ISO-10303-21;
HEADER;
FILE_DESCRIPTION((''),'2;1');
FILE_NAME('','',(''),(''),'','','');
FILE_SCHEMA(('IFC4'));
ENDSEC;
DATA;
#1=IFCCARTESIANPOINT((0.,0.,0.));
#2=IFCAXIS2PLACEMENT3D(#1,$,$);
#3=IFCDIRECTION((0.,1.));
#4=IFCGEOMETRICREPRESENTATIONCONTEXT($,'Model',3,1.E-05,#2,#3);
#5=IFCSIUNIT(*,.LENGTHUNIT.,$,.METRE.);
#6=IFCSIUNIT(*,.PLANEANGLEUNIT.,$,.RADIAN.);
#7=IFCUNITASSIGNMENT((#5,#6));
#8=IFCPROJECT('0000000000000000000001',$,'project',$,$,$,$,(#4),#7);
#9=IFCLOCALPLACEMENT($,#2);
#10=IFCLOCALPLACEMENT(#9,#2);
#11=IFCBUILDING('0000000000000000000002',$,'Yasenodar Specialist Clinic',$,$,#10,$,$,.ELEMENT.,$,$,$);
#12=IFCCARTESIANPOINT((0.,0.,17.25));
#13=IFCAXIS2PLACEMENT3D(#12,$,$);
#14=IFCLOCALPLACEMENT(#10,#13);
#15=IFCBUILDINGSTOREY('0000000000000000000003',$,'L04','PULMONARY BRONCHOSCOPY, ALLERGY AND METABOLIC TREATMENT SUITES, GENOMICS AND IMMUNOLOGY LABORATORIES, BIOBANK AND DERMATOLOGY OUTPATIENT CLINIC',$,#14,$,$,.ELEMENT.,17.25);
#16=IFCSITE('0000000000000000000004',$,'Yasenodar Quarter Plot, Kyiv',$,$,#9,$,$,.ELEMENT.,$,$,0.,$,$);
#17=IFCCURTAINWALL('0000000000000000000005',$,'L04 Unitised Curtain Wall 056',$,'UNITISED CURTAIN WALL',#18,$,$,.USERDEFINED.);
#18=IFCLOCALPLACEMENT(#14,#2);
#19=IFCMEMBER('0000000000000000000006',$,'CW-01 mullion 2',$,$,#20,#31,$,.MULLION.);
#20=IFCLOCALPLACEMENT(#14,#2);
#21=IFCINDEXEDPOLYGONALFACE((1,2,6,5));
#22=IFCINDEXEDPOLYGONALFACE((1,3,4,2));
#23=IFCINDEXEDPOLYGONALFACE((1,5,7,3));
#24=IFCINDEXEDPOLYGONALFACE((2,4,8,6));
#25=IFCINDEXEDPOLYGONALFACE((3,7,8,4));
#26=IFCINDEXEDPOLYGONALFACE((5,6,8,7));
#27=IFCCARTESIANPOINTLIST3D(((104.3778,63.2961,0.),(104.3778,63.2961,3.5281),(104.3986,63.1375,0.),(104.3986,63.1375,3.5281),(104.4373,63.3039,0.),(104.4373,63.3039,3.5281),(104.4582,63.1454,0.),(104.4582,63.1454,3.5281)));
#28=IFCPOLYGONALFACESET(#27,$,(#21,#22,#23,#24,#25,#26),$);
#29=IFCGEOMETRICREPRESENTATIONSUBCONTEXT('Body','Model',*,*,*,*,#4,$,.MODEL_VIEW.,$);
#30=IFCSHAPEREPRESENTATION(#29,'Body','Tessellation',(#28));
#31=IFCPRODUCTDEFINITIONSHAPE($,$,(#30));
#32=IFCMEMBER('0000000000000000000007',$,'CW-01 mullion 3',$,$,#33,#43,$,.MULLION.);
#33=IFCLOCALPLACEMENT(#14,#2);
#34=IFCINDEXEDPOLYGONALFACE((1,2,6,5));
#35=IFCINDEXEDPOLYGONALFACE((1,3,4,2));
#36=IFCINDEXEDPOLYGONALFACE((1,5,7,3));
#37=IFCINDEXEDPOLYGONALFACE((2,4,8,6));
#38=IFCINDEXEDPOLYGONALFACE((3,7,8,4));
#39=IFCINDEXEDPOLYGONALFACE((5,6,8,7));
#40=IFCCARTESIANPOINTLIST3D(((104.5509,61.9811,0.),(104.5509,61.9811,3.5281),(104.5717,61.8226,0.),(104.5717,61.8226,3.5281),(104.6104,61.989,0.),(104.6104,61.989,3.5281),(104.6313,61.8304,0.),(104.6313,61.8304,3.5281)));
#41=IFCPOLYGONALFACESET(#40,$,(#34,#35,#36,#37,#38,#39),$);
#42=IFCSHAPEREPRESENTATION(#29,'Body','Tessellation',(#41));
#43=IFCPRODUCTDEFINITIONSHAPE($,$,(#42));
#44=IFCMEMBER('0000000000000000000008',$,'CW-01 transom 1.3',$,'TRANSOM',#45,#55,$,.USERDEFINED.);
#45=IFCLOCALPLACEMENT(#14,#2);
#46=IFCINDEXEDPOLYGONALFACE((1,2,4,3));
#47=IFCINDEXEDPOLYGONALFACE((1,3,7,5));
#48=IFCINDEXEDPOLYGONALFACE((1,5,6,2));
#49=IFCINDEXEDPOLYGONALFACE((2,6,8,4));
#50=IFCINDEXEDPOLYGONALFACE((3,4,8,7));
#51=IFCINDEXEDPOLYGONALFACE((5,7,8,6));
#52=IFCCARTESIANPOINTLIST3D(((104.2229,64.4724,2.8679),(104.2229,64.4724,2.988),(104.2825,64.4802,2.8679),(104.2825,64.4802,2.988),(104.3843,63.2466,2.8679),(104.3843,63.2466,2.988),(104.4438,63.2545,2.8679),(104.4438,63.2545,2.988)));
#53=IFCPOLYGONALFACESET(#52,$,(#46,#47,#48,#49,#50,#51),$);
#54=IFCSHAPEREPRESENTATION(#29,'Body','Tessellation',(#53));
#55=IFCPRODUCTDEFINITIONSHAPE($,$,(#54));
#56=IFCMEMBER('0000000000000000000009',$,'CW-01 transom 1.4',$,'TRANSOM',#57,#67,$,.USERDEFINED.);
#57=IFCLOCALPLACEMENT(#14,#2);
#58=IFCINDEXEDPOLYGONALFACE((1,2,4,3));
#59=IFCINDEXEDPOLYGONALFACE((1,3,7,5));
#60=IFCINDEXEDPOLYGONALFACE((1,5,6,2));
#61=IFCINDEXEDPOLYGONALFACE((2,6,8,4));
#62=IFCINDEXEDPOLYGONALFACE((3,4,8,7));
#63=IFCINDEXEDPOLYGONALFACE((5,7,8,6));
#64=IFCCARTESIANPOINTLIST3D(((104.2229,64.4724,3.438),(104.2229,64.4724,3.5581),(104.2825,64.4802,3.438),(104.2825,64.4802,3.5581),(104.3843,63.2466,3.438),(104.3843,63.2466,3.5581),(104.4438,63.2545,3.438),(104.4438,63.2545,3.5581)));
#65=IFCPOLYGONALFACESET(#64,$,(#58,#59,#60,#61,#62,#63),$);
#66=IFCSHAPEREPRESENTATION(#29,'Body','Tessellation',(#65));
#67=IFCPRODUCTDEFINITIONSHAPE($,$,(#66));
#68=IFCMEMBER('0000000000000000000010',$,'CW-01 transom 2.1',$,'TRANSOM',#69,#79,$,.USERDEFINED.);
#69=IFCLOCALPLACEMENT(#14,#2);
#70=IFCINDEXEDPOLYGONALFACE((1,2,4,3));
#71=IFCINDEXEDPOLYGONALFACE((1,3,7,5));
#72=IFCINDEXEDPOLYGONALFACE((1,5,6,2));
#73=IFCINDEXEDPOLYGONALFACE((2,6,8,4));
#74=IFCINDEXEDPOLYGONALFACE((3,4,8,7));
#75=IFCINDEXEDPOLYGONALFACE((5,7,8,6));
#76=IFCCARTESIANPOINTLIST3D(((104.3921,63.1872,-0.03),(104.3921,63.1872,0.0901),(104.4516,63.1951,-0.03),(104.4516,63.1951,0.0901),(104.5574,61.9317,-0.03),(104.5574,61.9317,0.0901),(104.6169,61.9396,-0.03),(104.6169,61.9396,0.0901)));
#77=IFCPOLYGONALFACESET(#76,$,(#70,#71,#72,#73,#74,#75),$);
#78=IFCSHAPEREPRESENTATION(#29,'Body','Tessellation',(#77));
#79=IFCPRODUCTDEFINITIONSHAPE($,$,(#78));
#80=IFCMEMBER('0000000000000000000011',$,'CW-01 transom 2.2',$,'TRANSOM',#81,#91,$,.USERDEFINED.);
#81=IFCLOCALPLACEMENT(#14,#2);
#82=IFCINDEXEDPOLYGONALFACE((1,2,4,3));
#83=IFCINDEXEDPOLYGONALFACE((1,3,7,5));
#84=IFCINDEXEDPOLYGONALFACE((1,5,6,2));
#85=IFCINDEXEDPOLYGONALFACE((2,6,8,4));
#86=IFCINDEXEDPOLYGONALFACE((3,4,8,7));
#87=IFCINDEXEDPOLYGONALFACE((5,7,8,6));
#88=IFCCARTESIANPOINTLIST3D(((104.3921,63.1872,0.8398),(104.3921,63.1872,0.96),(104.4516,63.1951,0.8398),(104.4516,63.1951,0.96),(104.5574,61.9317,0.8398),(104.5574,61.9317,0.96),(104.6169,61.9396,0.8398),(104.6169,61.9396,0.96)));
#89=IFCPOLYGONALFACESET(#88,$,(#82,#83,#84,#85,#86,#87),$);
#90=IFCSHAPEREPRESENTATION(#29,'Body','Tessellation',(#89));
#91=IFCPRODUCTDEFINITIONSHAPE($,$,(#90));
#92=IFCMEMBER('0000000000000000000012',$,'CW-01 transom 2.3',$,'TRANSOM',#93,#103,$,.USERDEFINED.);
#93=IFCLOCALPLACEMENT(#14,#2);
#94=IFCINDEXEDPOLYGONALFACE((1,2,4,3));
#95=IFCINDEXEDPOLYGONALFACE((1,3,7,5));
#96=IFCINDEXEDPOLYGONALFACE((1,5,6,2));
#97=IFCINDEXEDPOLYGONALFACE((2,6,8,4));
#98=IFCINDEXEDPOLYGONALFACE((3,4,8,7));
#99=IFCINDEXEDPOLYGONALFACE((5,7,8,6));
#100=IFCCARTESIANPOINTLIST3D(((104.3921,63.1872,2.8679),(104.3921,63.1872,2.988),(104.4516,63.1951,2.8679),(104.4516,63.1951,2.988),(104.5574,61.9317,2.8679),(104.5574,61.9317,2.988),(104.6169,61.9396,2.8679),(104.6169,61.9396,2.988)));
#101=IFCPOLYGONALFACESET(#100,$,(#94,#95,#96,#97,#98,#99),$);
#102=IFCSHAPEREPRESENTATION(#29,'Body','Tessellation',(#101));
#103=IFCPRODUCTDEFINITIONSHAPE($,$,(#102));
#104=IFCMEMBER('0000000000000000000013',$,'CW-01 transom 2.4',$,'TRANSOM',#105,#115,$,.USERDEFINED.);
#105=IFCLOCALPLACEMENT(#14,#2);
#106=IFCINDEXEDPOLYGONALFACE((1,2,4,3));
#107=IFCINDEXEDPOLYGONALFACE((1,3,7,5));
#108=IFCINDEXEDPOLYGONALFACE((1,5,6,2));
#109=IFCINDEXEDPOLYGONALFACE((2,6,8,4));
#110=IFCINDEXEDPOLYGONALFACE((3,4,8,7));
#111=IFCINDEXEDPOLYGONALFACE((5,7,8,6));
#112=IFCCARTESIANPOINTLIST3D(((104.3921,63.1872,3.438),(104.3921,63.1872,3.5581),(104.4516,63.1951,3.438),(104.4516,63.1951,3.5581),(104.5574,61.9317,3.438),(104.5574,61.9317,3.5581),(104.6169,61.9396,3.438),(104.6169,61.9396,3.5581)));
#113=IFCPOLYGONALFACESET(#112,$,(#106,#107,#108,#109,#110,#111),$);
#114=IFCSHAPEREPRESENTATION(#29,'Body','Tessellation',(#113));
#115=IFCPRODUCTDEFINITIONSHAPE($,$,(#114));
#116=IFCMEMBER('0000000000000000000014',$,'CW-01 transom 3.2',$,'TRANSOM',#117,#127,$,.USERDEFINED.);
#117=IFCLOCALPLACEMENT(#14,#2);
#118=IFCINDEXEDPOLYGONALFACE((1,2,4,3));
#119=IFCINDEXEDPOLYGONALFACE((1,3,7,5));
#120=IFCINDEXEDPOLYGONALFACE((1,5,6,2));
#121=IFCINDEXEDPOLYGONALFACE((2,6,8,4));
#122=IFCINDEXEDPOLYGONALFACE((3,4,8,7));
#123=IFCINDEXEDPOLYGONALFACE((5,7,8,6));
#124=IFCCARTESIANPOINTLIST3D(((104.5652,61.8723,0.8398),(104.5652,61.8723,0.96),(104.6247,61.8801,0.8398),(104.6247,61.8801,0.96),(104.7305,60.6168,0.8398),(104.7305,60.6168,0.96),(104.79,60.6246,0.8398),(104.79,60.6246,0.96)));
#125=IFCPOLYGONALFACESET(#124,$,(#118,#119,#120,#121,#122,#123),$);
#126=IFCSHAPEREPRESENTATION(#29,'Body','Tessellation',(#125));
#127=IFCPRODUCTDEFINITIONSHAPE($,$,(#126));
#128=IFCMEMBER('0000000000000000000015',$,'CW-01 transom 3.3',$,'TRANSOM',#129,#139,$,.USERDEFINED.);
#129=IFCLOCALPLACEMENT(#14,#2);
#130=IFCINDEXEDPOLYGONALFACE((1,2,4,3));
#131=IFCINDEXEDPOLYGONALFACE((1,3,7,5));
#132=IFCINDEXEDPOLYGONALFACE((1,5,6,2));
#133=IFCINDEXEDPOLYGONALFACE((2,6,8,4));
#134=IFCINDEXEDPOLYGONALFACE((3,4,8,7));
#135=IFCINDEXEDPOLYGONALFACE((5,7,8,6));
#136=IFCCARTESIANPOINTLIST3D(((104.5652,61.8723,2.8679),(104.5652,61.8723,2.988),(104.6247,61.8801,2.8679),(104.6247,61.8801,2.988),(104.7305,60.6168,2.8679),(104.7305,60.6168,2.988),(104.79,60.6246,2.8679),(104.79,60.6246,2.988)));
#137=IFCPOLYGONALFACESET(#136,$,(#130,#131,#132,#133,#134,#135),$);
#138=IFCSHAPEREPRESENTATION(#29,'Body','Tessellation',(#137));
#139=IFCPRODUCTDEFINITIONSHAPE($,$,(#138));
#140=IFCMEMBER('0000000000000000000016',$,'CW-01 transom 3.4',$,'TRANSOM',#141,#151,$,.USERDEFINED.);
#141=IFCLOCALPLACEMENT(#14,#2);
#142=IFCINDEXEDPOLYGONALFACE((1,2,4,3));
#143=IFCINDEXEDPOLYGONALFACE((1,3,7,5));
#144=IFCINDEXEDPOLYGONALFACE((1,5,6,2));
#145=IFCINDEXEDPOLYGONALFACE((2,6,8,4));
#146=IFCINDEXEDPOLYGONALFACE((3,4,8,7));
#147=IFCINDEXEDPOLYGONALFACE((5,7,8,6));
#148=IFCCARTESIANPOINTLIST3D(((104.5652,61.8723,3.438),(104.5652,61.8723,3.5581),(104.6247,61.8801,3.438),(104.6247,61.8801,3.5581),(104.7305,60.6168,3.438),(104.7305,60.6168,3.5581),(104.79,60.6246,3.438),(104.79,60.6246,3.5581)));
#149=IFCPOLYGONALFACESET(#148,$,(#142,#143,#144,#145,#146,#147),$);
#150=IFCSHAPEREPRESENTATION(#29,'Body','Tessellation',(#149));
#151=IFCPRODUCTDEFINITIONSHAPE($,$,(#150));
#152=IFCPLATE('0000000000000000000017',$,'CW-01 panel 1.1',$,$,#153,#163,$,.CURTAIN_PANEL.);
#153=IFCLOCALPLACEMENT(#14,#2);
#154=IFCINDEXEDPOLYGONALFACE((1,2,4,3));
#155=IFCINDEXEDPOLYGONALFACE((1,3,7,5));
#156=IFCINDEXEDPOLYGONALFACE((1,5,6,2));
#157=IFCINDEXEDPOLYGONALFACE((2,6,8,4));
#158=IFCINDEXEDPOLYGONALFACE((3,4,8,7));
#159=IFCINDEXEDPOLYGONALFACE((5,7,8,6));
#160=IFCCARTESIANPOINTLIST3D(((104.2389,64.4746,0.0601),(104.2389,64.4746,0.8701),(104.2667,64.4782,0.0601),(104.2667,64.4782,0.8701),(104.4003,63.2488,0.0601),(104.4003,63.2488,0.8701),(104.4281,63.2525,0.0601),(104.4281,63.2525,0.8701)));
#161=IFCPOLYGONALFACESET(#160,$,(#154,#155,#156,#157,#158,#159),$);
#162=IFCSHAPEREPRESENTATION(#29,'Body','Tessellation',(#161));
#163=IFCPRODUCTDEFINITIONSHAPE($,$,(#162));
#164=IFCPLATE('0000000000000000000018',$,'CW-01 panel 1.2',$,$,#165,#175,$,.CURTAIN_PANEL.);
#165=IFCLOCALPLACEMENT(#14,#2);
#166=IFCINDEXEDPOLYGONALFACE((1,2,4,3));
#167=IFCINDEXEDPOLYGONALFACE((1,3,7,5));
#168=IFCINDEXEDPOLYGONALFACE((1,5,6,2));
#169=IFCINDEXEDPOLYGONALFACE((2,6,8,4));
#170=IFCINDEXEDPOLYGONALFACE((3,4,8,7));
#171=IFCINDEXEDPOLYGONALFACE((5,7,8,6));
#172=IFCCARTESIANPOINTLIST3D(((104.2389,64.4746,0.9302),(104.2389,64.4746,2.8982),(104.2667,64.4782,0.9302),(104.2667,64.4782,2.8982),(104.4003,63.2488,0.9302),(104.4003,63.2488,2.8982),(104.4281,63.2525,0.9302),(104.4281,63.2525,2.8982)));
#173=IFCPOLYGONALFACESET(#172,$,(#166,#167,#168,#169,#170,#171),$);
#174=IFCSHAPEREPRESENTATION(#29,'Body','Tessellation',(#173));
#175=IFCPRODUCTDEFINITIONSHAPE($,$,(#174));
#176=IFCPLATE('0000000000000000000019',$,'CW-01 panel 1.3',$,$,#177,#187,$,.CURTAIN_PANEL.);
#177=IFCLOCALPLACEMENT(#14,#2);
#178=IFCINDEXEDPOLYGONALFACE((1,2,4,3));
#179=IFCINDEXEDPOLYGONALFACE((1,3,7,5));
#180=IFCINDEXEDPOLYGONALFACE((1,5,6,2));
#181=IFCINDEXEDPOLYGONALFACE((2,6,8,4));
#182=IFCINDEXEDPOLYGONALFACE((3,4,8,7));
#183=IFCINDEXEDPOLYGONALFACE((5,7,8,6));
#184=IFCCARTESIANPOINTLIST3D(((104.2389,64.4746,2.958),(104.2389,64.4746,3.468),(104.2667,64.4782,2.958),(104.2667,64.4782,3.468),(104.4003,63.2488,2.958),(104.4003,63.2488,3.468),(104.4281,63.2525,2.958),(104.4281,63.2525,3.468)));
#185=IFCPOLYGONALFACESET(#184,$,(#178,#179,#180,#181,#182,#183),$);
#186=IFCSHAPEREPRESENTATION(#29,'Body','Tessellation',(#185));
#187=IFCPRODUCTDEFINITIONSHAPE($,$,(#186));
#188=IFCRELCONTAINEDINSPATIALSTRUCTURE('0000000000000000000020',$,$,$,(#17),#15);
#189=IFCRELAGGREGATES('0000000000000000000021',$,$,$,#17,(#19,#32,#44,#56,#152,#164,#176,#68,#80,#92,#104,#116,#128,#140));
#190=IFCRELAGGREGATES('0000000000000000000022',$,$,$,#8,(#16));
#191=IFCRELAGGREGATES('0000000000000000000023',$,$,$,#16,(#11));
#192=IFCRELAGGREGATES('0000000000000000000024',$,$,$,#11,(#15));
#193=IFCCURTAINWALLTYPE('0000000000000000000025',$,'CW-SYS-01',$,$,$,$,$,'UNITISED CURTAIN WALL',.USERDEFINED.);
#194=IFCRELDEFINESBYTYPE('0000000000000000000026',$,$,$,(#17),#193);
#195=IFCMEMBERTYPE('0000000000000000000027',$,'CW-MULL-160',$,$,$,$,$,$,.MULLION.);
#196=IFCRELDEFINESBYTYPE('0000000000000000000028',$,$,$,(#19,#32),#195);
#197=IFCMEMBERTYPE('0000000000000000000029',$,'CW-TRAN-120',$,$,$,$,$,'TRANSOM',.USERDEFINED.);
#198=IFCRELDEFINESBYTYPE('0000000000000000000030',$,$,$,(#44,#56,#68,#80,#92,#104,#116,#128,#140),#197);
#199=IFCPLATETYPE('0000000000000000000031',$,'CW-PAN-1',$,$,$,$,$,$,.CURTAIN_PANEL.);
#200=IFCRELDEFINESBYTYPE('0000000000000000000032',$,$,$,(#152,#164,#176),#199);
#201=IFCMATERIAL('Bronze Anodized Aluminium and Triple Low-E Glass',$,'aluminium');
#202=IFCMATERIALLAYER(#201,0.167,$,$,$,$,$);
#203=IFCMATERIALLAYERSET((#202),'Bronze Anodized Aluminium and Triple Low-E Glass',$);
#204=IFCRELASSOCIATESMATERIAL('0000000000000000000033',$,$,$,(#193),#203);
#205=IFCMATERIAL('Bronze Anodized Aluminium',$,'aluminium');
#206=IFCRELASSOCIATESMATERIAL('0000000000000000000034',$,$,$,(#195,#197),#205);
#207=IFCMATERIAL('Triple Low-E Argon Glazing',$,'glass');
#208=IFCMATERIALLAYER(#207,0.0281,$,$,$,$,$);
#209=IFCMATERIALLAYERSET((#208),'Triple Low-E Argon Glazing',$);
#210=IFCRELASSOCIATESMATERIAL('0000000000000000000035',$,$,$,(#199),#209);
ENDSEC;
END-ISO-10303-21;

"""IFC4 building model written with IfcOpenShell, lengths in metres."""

from ifc_helpers import new_model, si_unit, direction, frame, origin, origin_2d, place, context, subcontext, project, spatial, rectangle, extrude, material, layer, layer_set, material_profile, profile_set, type_object, element, aggregate, save


model = new_model("IFC4")

# Units and contexts
model_context = context("Model", 3, precision=1e-05, world=origin(), true_north=direction((0.0, 1.0)))
body_context = subcontext(model_context, "Body", "Model", "MODEL_VIEW")
ifc_project = project(units=[si_unit("LENGTHUNIT", "METRE"), si_unit("PLANEANGLEUNIT", "RADIAN")], contexts=[model_context])

# Site, building, storey
site_placement = place(None, origin())
site = spatial("IfcSite", under=ifc_project, at=site_placement, Name="Yasenodar Quarter Plot, Kyiv", CompositionType="ELEMENT", RefElevation=0.0)
building_placement = place(site_placement, origin())
building = spatial("IfcBuilding", under=site, at=building_placement, Name="Yasenodar Specialist Clinic", CompositionType="ELEMENT")
storey_placement = place(building_placement, frame((0.0, 0.0, 17.25)))
storey = spatial("IfcBuildingStorey", under=building, at=storey_placement, Name="L04", Description="PULMONARY BRONCHOSCOPY, ALLERGY AND METABOLIC TREATMENT SUITES, GENOMICS AND IMMUNOLOGY LABORATORIES, BIOBANK AND DERMATOLOGY OUTPATIENT CLINIC", CompositionType="ELEMENT", Elevation=17.25)

# Curtain wall, members, plates
ifc_material_1 = material(Name="Bronze Anodized Aluminium and Triple Low-E Glass", Category="aluminium")
ifc_layer_1 = layer(ifc_material_1, 0.167)
ifc_layer_set_1 = layer_set([ifc_layer_1], Name="Bronze Anodized Aluminium and Triple Low-E Glass")
curtain_wall_type = type_object("IfcCurtainWallType", Name="CW-SYS-01", ElementType="UNITISED CURTAIN WALL", PredefinedType="USERDEFINED", material=ifc_layer_set_1)
curtain_wall_placement = place(storey_placement, origin())
curtain_wall = element("IfcCurtainWall", 1, at=curtain_wall_placement, inside=storey, type_object=curtain_wall_type, Name="L04 Unitised Curtain Wall 056", ObjectType="UNITISED CURTAIN WALL", PredefinedType="USERDEFINED")
ifc_material_2 = material(Name="Bronze Anodized Aluminium", Category="aluminium")
ifc_material_profile_1 = material_profile(ifc_material_2, rectangle(XDim=0.0601, YDim=0.1599, at=origin_2d()), Name="CW-MULL 60x160")
ifc_profile_set_1 = profile_set([ifc_material_profile_1], Name="Bronze Anodized Aluminium")
member_type_1 = type_object("IfcMemberType", Name="CW-MULL-160", PredefinedType="MULLION", material=ifc_profile_set_1)
member_1_placement = place(storey_placement, frame((104.418, 63.2207, 0.0), z_axis=(0.0, 0.0, 1.0), x_axis=(0.991447, 0.130512, 0.0)))
member_1 = element("IfcMember", 2, at=member_1_placement, type_object=member_type_1, Name="CW-01 mullion 2", PredefinedType="MULLION", context=body_context, shape_type="SweptSolid", body=[
    extrude(rectangle(XDim=0.0601, YDim=0.1599, at=origin_2d()), origin(), (0.0, 0.0, 1.0), 3.5281),
])
member_2_placement = place(storey_placement, frame((104.5911, 61.9058, 0.0), z_axis=(0.0, 0.0, 1.0), x_axis=(0.991447, 0.130512, 0.0)))
member_2 = element("IfcMember", 3, at=member_2_placement, type_object=member_type_1, Name="CW-01 mullion 3", PredefinedType="MULLION", context=body_context, shape_type="SweptSolid", body=[
    extrude(rectangle(XDim=0.0601, YDim=0.1599, at=origin_2d()), origin(), (0.0, 0.0, 1.0), 3.5281),
])
ifc_material_profile_2 = material_profile(ifc_material_2, rectangle(XDim=0.0601, YDim=0.1201, at=origin_2d()), Name="CW-TRAN 60x120")
ifc_profile_set_2 = profile_set([ifc_material_profile_2], Name="Bronze Anodized Aluminium")
member_type_2 = type_object("IfcMemberType", Name="CW-TRAN-120", ElementType="TRANSOM", PredefinedType="USERDEFINED", material=ifc_profile_set_2)
member_3_placement = place(storey_placement, frame((104.2527, 64.4763, 2.928), z_axis=(0.130521, -0.991446, 0.0), x_axis=(0.991446, 0.130521, 0.0)))
member_3 = element("IfcMember", 4, at=member_3_placement, type_object=member_type_2, Name="CW-01 transom 1.3", ObjectType="TRANSOM", PredefinedType="USERDEFINED", context=body_context, shape_type="SweptSolid", body=[
    extrude(rectangle(XDim=0.0601, YDim=0.1201, at=origin_2d()), origin(), (0.0, 0.0, 1.0), 1.2363),
])
member_4_placement = place(storey_placement, frame((104.2527, 64.4763, 3.498), z_axis=(0.130521, -0.991446, 0.0), x_axis=(0.991446, 0.130521, 0.0)))
member_4 = element("IfcMember", 5, at=member_4_placement, type_object=member_type_2, Name="CW-01 transom 1.4", ObjectType="TRANSOM", PredefinedType="USERDEFINED", context=body_context, shape_type="SweptSolid", body=[
    extrude(rectangle(XDim=0.0601, YDim=0.1201, at=origin_2d()), origin(), (0.0, 0.0, 1.0), 1.2363),
])
member_5_placement = place(storey_placement, frame((104.4219, 63.1912, 0.03), z_axis=(0.130509, -0.991447, 0.0), x_axis=(0.991447, 0.130509, 0.0)))
member_5 = element("IfcMember", 6, at=member_5_placement, type_object=member_type_2, Name="CW-01 transom 2.1", ObjectType="TRANSOM", PredefinedType="USERDEFINED", context=body_context, shape_type="SweptSolid", body=[
    extrude(rectangle(XDim=0.0601, YDim=0.1201, at=origin_2d()), origin(), (0.0, 0.0, 1.0), 1.2664),
])
member_6_placement = place(storey_placement, frame((104.4219, 63.1912, 0.8999), z_axis=(0.130509, -0.991447, 0.0), x_axis=(0.991447, 0.130509, 0.0)))
member_6 = element("IfcMember", 7, at=member_6_placement, type_object=member_type_2, Name="CW-01 transom 2.2", ObjectType="TRANSOM", PredefinedType="USERDEFINED", context=body_context, shape_type="SweptSolid", body=[
    extrude(rectangle(XDim=0.0601, YDim=0.1201, at=origin_2d()), origin(), (0.0, 0.0, 1.0), 1.2664),
])
member_7_placement = place(storey_placement, frame((104.4219, 63.1912, 2.928), z_axis=(0.130509, -0.991447, 0.0), x_axis=(0.991447, 0.130509, 0.0)))
member_7 = element("IfcMember", 8, at=member_7_placement, type_object=member_type_2, Name="CW-01 transom 2.3", ObjectType="TRANSOM", PredefinedType="USERDEFINED", context=body_context, shape_type="SweptSolid", body=[
    extrude(rectangle(XDim=0.0601, YDim=0.1201, at=origin_2d()), origin(), (0.0, 0.0, 1.0), 1.2664),
])
member_8_placement = place(storey_placement, frame((104.4219, 63.1912, 3.498), z_axis=(0.130509, -0.991447, 0.0), x_axis=(0.991447, 0.130509, 0.0)))
member_8 = element("IfcMember", 9, at=member_8_placement, type_object=member_type_2, Name="CW-01 transom 2.4", ObjectType="TRANSOM", PredefinedType="USERDEFINED", context=body_context, shape_type="SweptSolid", body=[
    extrude(rectangle(XDim=0.0601, YDim=0.1201, at=origin_2d()), origin(), (0.0, 0.0, 1.0), 1.2664),
])
member_9_placement = place(storey_placement, frame((104.595, 61.8762, 0.8999), z_axis=(0.130509, -0.991447, 0.0), x_axis=(0.991447, 0.130509, 0.0)))
member_9 = element("IfcMember", 10, at=member_9_placement, type_object=member_type_2, Name="CW-01 transom 3.2", ObjectType="TRANSOM", PredefinedType="USERDEFINED", context=body_context, shape_type="SweptSolid", body=[
    extrude(rectangle(XDim=0.0601, YDim=0.1201, at=origin_2d()), origin(), (0.0, 0.0, 1.0), 1.2664),
])
member_10_placement = place(storey_placement, frame((104.595, 61.8762, 2.928), z_axis=(0.130509, -0.991447, 0.0), x_axis=(0.991447, 0.130509, 0.0)))
member_10 = element("IfcMember", 11, at=member_10_placement, type_object=member_type_2, Name="CW-01 transom 3.3", ObjectType="TRANSOM", PredefinedType="USERDEFINED", context=body_context, shape_type="SweptSolid", body=[
    extrude(rectangle(XDim=0.0601, YDim=0.1201, at=origin_2d()), origin(), (0.0, 0.0, 1.0), 1.2664),
])
member_11_placement = place(storey_placement, frame((104.595, 61.8762, 3.498), z_axis=(0.130509, -0.991447, 0.0), x_axis=(0.991447, 0.130509, 0.0)))
member_11 = element("IfcMember", 12, at=member_11_placement, type_object=member_type_2, Name="CW-01 transom 3.4", ObjectType="TRANSOM", PredefinedType="USERDEFINED", context=body_context, shape_type="SweptSolid", body=[
    extrude(rectangle(XDim=0.0601, YDim=0.1201, at=origin_2d()), origin(), (0.0, 0.0, 1.0), 1.2664),
])
ifc_material_3 = material(Name="Triple Low-E Argon Glazing", Category="glass")
ifc_layer_2 = layer(ifc_material_3, 0.0281)
ifc_layer_set_2 = layer_set([ifc_layer_2], Name="Triple Low-E Argon Glazing")
plate_type_1 = type_object("IfcPlateType", Name="CW-PAN-1", PredefinedType="CURTAIN_PANEL", material=ifc_layer_set_2)
plate_1_placement = place(storey_placement, frame((104.3335, 63.8635, 0.0601), z_axis=(0.0, 0.0, 1.0), x_axis=(0.130512, -0.991447, 0.0)))
plate_1 = element("IfcPlate", 13, at=plate_1_placement, type_object=plate_type_1, Name="CW-01 panel 1.1", PredefinedType="CURTAIN_PANEL", context=body_context, shape_type="SweptSolid", body=[
    extrude(rectangle(XDim=1.2363, YDim=0.0281, at=origin_2d()), origin(), (0.0, 0.0, 1.0), 0.8101),
])
plate_2_placement = place(storey_placement, frame((104.3335, 63.8635, 0.9302), z_axis=(0.0, 0.0, 1.0), x_axis=(0.130512, -0.991447, 0.0)))
plate_2 = element("IfcPlate", 14, at=plate_2_placement, type_object=plate_type_1, Name="CW-01 panel 1.2", PredefinedType="CURTAIN_PANEL", context=body_context, shape_type="SweptSolid", body=[
    extrude(rectangle(XDim=1.2363, YDim=0.0281, at=origin_2d()), origin(), (0.0, 0.0, 1.0), 1.968),
])
plate_3_placement = place(storey_placement, frame((104.3335, 63.8635, 2.958), z_axis=(0.0, 0.0, 1.0), x_axis=(0.130512, -0.991447, 0.0)))
plate_3 = element("IfcPlate", 15, at=plate_3_placement, type_object=plate_type_1, Name="CW-01 panel 1.3", PredefinedType="CURTAIN_PANEL", context=body_context, shape_type="SweptSolid", body=[
    extrude(rectangle(XDim=1.2363, YDim=0.0281, at=origin_2d()), origin(), (0.0, 0.0, 1.0), 0.51),
])
aggregate(curtain_wall, [member_1, member_2, member_3, member_4, plate_1, plate_2, plate_3, member_5, member_6, member_7, member_8, member_9, member_10, member_11])

save(model, "model.ifc")
